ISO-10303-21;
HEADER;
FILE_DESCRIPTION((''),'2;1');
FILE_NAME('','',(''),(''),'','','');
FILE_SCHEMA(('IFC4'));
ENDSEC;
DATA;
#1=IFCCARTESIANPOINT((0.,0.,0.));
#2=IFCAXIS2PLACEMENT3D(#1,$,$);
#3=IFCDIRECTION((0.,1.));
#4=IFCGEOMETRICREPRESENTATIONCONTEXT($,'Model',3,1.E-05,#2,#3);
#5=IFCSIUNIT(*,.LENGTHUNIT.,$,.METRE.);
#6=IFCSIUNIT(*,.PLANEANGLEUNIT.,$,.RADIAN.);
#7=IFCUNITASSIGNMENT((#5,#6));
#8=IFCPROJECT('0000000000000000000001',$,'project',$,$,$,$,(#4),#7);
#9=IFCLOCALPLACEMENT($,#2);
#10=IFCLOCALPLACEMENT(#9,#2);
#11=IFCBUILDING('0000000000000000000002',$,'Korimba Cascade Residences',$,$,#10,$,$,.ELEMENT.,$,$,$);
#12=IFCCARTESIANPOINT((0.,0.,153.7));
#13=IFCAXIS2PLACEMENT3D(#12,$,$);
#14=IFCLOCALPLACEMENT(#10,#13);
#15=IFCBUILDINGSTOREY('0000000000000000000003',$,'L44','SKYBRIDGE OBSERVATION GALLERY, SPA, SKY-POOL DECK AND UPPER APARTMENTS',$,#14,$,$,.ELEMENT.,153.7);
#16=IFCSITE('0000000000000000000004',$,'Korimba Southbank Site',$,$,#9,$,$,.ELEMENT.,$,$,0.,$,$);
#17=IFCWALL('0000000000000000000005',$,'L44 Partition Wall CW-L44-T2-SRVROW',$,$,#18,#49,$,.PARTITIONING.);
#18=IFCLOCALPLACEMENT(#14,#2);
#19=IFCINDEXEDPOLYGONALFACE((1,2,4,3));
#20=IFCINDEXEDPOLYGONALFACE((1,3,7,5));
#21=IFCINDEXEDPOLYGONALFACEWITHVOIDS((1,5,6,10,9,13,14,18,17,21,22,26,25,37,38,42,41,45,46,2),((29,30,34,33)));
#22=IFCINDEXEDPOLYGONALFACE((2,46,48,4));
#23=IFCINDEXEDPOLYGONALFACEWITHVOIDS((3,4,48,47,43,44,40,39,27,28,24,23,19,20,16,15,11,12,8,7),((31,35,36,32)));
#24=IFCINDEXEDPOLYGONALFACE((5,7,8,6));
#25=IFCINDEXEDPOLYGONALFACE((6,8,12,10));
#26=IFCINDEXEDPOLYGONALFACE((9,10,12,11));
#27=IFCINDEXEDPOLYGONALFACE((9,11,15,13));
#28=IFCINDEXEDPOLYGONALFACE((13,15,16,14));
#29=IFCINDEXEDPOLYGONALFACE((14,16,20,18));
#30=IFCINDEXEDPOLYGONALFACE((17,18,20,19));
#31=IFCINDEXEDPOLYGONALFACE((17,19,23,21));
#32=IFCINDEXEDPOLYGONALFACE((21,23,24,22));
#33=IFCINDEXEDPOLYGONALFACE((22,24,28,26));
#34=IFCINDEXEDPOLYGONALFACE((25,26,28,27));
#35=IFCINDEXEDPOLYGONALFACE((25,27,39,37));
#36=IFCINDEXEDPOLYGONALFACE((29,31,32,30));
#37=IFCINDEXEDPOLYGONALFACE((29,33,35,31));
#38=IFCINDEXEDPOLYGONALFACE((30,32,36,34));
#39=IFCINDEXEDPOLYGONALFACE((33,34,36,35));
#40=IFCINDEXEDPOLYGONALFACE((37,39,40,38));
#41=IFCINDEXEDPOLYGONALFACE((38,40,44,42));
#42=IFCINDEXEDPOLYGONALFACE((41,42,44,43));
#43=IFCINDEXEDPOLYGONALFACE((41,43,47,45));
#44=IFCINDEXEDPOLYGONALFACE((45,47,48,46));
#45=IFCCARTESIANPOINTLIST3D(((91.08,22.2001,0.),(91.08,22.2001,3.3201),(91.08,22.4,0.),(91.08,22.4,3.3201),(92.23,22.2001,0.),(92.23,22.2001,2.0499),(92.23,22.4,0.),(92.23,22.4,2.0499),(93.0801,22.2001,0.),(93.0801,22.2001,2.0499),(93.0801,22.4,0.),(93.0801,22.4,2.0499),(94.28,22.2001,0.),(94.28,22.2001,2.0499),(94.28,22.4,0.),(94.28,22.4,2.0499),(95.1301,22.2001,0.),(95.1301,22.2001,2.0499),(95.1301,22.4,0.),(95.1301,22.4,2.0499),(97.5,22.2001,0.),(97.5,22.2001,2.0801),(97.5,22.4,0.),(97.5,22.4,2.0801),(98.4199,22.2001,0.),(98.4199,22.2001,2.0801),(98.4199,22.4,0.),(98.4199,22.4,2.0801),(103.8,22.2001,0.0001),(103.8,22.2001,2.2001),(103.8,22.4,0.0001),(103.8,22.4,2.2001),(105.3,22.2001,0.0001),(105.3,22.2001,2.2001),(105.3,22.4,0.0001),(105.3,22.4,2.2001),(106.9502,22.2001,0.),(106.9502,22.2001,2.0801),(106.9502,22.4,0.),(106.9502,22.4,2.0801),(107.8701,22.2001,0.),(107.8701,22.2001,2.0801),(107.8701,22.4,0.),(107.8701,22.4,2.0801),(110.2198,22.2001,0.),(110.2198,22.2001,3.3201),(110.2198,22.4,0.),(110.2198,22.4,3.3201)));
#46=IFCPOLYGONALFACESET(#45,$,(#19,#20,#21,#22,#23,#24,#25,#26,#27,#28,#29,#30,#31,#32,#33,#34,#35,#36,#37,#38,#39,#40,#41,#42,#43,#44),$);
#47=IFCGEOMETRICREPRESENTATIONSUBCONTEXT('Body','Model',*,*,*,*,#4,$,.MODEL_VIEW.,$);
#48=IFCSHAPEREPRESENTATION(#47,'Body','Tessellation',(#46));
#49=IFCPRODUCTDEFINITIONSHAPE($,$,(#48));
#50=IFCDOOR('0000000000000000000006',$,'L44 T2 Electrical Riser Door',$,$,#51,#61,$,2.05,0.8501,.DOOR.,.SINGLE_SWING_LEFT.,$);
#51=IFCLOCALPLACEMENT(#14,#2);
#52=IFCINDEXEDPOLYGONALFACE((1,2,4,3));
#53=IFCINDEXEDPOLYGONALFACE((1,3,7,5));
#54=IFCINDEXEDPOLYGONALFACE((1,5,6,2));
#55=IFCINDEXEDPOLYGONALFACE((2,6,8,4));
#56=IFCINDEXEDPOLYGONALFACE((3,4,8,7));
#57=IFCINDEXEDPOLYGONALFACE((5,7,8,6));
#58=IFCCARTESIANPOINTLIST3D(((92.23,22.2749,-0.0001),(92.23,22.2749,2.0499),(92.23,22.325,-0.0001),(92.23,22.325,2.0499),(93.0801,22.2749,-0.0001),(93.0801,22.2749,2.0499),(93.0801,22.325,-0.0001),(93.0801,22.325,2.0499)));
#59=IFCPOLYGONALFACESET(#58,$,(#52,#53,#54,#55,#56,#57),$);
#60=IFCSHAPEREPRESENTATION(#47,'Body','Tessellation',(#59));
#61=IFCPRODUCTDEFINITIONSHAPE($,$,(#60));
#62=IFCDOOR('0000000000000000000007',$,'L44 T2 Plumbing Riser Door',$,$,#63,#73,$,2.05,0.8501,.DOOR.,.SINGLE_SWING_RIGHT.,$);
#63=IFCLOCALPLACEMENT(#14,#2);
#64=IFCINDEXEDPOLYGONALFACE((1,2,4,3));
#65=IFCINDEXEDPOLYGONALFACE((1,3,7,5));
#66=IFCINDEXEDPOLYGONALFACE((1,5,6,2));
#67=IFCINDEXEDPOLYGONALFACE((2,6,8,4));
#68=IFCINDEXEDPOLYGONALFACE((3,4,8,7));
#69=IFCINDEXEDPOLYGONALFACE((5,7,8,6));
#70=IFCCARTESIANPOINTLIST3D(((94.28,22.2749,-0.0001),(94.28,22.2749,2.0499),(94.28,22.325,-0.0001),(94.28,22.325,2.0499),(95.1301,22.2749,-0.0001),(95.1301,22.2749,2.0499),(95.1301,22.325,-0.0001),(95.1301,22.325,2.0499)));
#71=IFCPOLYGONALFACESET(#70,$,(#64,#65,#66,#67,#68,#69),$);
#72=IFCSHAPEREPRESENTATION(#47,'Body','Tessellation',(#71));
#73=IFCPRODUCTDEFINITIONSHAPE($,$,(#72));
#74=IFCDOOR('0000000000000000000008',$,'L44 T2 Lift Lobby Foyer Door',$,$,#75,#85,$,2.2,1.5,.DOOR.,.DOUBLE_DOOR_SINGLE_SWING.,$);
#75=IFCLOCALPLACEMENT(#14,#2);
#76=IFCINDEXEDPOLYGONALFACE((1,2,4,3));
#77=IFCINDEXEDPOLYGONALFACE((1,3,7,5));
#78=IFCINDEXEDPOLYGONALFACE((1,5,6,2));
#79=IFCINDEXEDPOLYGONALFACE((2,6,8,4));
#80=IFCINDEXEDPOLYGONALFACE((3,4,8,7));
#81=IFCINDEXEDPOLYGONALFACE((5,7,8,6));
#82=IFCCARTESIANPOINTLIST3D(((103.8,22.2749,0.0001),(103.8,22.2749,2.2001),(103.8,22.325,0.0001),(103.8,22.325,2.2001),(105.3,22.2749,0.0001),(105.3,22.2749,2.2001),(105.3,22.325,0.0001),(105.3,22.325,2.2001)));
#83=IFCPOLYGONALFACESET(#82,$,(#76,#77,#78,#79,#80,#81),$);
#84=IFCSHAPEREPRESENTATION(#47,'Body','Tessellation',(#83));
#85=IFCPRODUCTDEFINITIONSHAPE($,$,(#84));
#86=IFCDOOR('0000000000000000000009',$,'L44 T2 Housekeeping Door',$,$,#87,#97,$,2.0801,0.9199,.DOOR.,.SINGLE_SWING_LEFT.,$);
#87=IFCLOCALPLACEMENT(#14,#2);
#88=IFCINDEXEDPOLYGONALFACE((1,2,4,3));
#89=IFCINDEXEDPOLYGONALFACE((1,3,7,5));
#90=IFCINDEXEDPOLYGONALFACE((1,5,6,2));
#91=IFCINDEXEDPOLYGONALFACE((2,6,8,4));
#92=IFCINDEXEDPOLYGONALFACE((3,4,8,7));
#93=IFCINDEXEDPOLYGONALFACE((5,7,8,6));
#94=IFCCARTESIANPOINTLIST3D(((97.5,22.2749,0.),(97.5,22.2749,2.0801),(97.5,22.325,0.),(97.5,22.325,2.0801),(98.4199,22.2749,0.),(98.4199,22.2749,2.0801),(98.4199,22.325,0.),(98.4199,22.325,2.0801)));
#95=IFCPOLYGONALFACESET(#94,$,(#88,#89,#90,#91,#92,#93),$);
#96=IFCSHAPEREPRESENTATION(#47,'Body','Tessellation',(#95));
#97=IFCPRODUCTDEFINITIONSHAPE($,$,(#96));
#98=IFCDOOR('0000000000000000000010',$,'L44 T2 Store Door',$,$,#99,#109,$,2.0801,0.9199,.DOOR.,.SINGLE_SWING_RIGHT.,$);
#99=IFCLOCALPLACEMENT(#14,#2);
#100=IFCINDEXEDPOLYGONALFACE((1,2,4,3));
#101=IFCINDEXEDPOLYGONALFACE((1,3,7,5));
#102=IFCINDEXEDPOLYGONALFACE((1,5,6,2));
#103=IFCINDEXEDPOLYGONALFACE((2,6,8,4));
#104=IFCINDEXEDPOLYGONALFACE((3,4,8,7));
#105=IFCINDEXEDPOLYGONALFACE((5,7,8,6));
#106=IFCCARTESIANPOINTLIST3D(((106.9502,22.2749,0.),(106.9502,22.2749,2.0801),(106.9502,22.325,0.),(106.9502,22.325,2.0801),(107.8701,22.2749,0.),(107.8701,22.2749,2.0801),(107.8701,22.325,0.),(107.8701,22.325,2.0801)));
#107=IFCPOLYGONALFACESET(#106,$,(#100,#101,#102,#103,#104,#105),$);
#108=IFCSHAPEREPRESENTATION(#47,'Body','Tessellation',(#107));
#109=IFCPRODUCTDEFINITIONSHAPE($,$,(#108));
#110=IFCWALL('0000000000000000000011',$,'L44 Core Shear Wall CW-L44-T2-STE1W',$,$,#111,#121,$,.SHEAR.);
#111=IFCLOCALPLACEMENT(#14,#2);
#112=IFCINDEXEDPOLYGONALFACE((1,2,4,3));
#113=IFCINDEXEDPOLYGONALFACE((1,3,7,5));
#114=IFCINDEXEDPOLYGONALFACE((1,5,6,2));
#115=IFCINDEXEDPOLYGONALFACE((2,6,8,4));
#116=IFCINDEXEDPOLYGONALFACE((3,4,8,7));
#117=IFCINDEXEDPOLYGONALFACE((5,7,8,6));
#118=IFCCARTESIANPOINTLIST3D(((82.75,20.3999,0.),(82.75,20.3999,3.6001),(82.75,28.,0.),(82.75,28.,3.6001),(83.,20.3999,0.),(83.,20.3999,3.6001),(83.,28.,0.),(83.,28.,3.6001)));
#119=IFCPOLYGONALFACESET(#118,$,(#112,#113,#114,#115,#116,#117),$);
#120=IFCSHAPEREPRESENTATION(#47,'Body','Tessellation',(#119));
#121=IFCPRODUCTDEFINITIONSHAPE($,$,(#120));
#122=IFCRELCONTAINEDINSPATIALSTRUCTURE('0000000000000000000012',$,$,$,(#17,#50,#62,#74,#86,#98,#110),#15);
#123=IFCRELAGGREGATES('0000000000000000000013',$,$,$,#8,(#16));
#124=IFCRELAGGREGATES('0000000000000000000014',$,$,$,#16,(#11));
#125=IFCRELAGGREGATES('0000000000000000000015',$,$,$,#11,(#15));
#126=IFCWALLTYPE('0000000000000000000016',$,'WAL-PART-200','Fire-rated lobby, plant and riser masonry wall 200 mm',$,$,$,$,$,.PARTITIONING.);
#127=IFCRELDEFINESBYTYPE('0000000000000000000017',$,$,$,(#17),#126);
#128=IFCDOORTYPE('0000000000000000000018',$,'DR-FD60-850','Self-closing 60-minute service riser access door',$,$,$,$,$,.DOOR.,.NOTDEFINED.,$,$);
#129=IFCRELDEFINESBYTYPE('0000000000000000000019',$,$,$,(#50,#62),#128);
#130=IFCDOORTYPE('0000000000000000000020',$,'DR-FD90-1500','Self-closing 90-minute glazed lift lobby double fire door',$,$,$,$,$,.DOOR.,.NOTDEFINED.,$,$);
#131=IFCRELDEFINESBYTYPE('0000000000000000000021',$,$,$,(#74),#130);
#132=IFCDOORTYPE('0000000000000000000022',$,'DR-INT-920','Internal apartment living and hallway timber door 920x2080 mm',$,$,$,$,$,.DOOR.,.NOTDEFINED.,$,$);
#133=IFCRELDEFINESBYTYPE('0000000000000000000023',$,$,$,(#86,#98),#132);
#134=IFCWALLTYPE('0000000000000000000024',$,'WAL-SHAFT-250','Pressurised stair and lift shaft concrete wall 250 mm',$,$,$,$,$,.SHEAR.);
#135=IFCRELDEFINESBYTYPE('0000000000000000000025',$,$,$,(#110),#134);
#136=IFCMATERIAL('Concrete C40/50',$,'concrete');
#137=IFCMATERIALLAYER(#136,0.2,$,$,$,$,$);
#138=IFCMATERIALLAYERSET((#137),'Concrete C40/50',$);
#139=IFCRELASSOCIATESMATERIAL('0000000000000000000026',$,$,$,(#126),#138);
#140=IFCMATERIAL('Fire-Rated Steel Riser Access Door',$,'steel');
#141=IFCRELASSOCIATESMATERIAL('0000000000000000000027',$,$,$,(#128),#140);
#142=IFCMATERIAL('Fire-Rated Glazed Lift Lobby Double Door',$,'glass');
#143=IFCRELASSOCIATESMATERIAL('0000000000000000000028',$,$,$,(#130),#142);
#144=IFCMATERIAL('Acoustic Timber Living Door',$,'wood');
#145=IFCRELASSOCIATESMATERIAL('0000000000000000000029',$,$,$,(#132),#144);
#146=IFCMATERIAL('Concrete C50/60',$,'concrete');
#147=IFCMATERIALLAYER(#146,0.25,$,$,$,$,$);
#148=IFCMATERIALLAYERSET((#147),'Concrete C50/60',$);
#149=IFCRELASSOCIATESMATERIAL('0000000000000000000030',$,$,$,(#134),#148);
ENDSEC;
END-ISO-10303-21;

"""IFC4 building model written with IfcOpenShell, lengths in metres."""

from ifc_helpers import new_model, si_unit, direction, frame, frame_2d, origin, place, context, subcontext, project, spatial, rectangle, extrude, material, layer, layer_set, type_object, element, fill, save


model = new_model("IFC4")

# Units and contexts
model_context = context("Model", 3, precision=1e-05, world=origin(), true_north=direction((0.0, 1.0)))
body_context = subcontext(model_context, "Body", "Model", "MODEL_VIEW")
ifc_project = project(units=[si_unit("LENGTHUNIT", "METRE"), si_unit("PLANEANGLEUNIT", "RADIAN")], contexts=[model_context])

# Site, building, storey
site_placement = place(None, origin())
site = spatial("IfcSite", under=ifc_project, at=site_placement, Name="Korimba Southbank Site", CompositionType="ELEMENT", RefElevation=0.0)
building_placement = place(site_placement, origin())
building = spatial("IfcBuilding", under=site, at=building_placement, Name="Korimba Cascade Residences", CompositionType="ELEMENT")
storey_placement = place(building_placement, frame((0.0, 0.0, 153.7)))
storey = spatial("IfcBuildingStorey", under=building, at=storey_placement, Name="L44", Description="SKYBRIDGE OBSERVATION GALLERY, SPA, SKY-POOL DECK AND UPPER APARTMENTS", CompositionType="ELEMENT", Elevation=153.7)

# Shared definitions
ifc_material_1 = material(Name="Concrete C40/50", Category="concrete")
ifc_layer_1 = layer(ifc_material_1, 0.2)
ifc_layer_set_1 = layer_set([ifc_layer_1], Name="Concrete C40/50")
wall_type_1 = type_object("IfcWallType", Name="WAL-PART-200", Description="Fire-rated lobby, plant and riser masonry wall 200 mm", PredefinedType="PARTITIONING", material=ifc_layer_set_1)

# Wall, openings, doors
wall_1_placement = place(storey_placement, frame((91.0801, 22.3, 0.0), z_axis=(0.0, 0.0, 1.0), x_axis=(1.0, 0.0, 0.0)))
wall_1 = element("IfcWall", 1, at=wall_1_placement, inside=storey, type_object=wall_type_1, Name="L44 Partition Wall CW-L44-T2-SRVROW", PredefinedType="PARTITIONING", context=body_context, shape_type="SweptSolid", body=[
    extrude(rectangle(XDim=19.1399, YDim=0.2, at=frame_2d((9.5698, 0.0))), origin(), (0.0, 0.0, 1.0), 3.3201),
])
opening_1_placement = place(wall_1_placement, frame((1.1499, 0.0, 0.0)))
opening_1 = element("IfcOpeningElement", 2, at=opening_1_placement, cuts=wall_1, PredefinedType="OPENING", context=body_context, shape_type="SweptSolid", body=[
    extrude(rectangle(XDim=0.8501, YDim=2.05, at=frame_2d((0.425, 1.0249))), frame((0.0, 0.1099, 0.0), z_axis=(0.0, -1.0, 0.0), x_axis=(1.0, 0.0, 0.0)), (0.0, 0.0, 1.0), 0.22),
])
opening_2_placement = place(wall_1_placement, frame((3.2, 0.0, 0.0)))
opening_2 = element("IfcOpeningElement", 3, at=opening_2_placement, cuts=wall_1, PredefinedType="OPENING", context=body_context, shape_type="SweptSolid", body=[
    extrude(rectangle(XDim=0.8501, YDim=2.05, at=frame_2d((0.425, 1.0249))), frame((0.0, 0.1099, 0.0), z_axis=(0.0, -1.0, 0.0), x_axis=(1.0, 0.0, 0.0)), (0.0, 0.0, 1.0), 0.22),
])
opening_3_placement = place(wall_1_placement, frame((12.72, 0.0, 0.0)))
opening_3 = element("IfcOpeningElement", 4, at=opening_3_placement, cuts=wall_1, PredefinedType="OPENING", context=body_context, shape_type="SweptSolid", body=[
    extrude(rectangle(XDim=1.5, YDim=2.2, at=frame_2d((0.75, 1.1001))), frame((0.0, 0.1099, 0.0), z_axis=(0.0, -1.0, 0.0), x_axis=(1.0, 0.0, 0.0)), (0.0, 0.0, 1.0), 0.22),
])
opening_4_placement = place(wall_1_placement, frame((6.4199, 0.0, 0.0)))
opening_4 = element("IfcOpeningElement", 5, at=opening_4_placement, cuts=wall_1, PredefinedType="OPENING", context=body_context, shape_type="SweptSolid", body=[
    extrude(rectangle(XDim=0.9199, YDim=2.0801, at=frame_2d((0.46, 1.04))), frame((0.0, 0.1099, 0.0), z_axis=(0.0, -1.0, 0.0), x_axis=(1.0, 0.0, 0.0)), (0.0, 0.0, 1.0), 0.22),
])
opening_5_placement = place(wall_1_placement, frame((15.8701, 0.0, 0.0)))
opening_5 = element("IfcOpeningElement", 6, at=opening_5_placement, cuts=wall_1, PredefinedType="OPENING", context=body_context, shape_type="SweptSolid", body=[
    extrude(rectangle(XDim=0.9199, YDim=2.0801, at=frame_2d((0.46, 1.04))), frame((0.0, 0.1099, 0.0), z_axis=(0.0, -1.0, 0.0), x_axis=(1.0, 0.0, 0.0)), (0.0, 0.0, 1.0), 0.22),
])
ifc_material_2 = material(Name="Fire-Rated Steel Riser Access Door", Category="steel")
door_type_1 = type_object("IfcDoorType", Name="DR-FD60-850", Description="Self-closing 60-minute service riser access door", OperationType="NOTDEFINED", PredefinedType="DOOR", material=ifc_material_2)
door_1_placement = place(opening_1_placement, origin())
door_1 = element("IfcDoor", 7, at=door_1_placement, inside=storey, type_object=door_type_1, Name="L44 T2 Electrical Riser Door", OperationType="SINGLE_SWING_LEFT", OverallHeight=2.05, OverallWidth=0.8501, PredefinedType="DOOR", context=body_context, shape_type="SweptSolid", body=[
    extrude(rectangle(XDim=0.8501, YDim=2.05, at=frame_2d((0.425, 1.0249))), frame((0.0, 0.0249, 0.0), z_axis=(0.0, -1.0, 0.0), x_axis=(1.0, 0.0, 0.0)), (0.0, 0.0, 1.0), 0.05),
])
fill(opening_1, door_1)
door_2_placement = place(opening_2_placement, origin())
door_2 = element("IfcDoor", 8, at=door_2_placement, inside=storey, type_object=door_type_1, Name="L44 T2 Plumbing Riser Door", OperationType="SINGLE_SWING_RIGHT", OverallHeight=2.05, OverallWidth=0.8501, PredefinedType="DOOR", context=body_context, shape_type="SweptSolid", body=[
    extrude(rectangle(XDim=0.8501, YDim=2.05, at=frame_2d((0.425, 1.0249))), frame((0.0, 0.0249, 0.0), z_axis=(0.0, -1.0, 0.0), x_axis=(1.0, 0.0, 0.0)), (0.0, 0.0, 1.0), 0.05),
])
fill(opening_2, door_2)
ifc_material_3 = material(Name="Fire-Rated Glazed Lift Lobby Double Door", Category="glass")
door_type_2 = type_object("IfcDoorType", Name="DR-FD90-1500", Description="Self-closing 90-minute glazed lift lobby double fire door", OperationType="NOTDEFINED", PredefinedType="DOOR", material=ifc_material_3)
door_3_placement = place(opening_3_placement, origin())
door_3 = element("IfcDoor", 9, at=door_3_placement, inside=storey, type_object=door_type_2, Name="L44 T2 Lift Lobby Foyer Door", OperationType="DOUBLE_DOOR_SINGLE_SWING", OverallHeight=2.2, OverallWidth=1.5, PredefinedType="DOOR", context=body_context, shape_type="SweptSolid", body=[
    extrude(rectangle(XDim=1.5, YDim=2.2, at=frame_2d((0.75, 1.1001))), frame((0.0, 0.0249, 0.0), z_axis=(0.0, -1.0, 0.0), x_axis=(1.0, 0.0, 0.0)), (0.0, 0.0, 1.0), 0.05),
])
fill(opening_3, door_3)
ifc_material_4 = material(Name="Acoustic Timber Living Door", Category="wood")
door_type_3 = type_object("IfcDoorType", Name="DR-INT-920", Description="Internal apartment living and hallway timber door 920x2080 mm", OperationType="NOTDEFINED", PredefinedType="DOOR", material=ifc_material_4)
door_4_placement = place(opening_4_placement, origin())
door_4 = element("IfcDoor", 10, at=door_4_placement, inside=storey, type_object=door_type_3, Name="L44 T2 Housekeeping Door", OperationType="SINGLE_SWING_LEFT", OverallHeight=2.0801, OverallWidth=0.9199, PredefinedType="DOOR", context=body_context, shape_type="SweptSolid", body=[
    extrude(rectangle(XDim=0.9199, YDim=2.0801, at=frame_2d((0.46, 1.04))), frame((0.0, 0.0249, 0.0), z_axis=(0.0, -1.0, 0.0), x_axis=(1.0, 0.0, 0.0)), (0.0, 0.0, 1.0), 0.05),
])
fill(opening_4, door_4)
door_5_placement = place(opening_5_placement, origin())
door_5 = element("IfcDoor", 11, at=door_5_placement, inside=storey, type_object=door_type_3, Name="L44 T2 Store Door", OperationType="SINGLE_SWING_RIGHT", OverallHeight=2.0801, OverallWidth=0.9199, PredefinedType="DOOR", context=body_context, shape_type="SweptSolid", body=[
    extrude(rectangle(XDim=0.9199, YDim=2.0801, at=frame_2d((0.46, 1.04))), frame((0.0, 0.0249, 0.0), z_axis=(0.0, -1.0, 0.0), x_axis=(1.0, 0.0, 0.0)), (0.0, 0.0, 1.0), 0.05),
])
fill(opening_5, door_5)

# Wall
ifc_material_5 = material(Name="Concrete C50/60", Category="concrete")
ifc_layer_2 = layer(ifc_material_5, 0.25)
ifc_layer_set_2 = layer_set([ifc_layer_2], Name="Concrete C50/60")
wall_type_2 = type_object("IfcWallType", Name="WAL-SHAFT-250", Description="Pressurised stair and lift shaft concrete wall 250 mm", PredefinedType="SHEAR", material=ifc_layer_set_2)
wall_2_placement = place(storey_placement, frame((82.875, 20.3999, 0.0), z_axis=(0.0, 0.0, 1.0), x_axis=(0.0, 1.0, 0.0)))
element("IfcWall", 12, at=wall_2_placement, inside=storey, type_object=wall_type_2, Name="L44 Core Shear Wall CW-L44-T2-STE1W", PredefinedType="SHEAR", context=body_context, shape_type="SweptSolid", body=[
    extrude(rectangle(XDim=7.6001, YDim=0.25, at=frame_2d((3.8, 0.0))), origin(), (0.0, 0.0, 1.0), 3.6001),
])

save(model, "model.ifc")
